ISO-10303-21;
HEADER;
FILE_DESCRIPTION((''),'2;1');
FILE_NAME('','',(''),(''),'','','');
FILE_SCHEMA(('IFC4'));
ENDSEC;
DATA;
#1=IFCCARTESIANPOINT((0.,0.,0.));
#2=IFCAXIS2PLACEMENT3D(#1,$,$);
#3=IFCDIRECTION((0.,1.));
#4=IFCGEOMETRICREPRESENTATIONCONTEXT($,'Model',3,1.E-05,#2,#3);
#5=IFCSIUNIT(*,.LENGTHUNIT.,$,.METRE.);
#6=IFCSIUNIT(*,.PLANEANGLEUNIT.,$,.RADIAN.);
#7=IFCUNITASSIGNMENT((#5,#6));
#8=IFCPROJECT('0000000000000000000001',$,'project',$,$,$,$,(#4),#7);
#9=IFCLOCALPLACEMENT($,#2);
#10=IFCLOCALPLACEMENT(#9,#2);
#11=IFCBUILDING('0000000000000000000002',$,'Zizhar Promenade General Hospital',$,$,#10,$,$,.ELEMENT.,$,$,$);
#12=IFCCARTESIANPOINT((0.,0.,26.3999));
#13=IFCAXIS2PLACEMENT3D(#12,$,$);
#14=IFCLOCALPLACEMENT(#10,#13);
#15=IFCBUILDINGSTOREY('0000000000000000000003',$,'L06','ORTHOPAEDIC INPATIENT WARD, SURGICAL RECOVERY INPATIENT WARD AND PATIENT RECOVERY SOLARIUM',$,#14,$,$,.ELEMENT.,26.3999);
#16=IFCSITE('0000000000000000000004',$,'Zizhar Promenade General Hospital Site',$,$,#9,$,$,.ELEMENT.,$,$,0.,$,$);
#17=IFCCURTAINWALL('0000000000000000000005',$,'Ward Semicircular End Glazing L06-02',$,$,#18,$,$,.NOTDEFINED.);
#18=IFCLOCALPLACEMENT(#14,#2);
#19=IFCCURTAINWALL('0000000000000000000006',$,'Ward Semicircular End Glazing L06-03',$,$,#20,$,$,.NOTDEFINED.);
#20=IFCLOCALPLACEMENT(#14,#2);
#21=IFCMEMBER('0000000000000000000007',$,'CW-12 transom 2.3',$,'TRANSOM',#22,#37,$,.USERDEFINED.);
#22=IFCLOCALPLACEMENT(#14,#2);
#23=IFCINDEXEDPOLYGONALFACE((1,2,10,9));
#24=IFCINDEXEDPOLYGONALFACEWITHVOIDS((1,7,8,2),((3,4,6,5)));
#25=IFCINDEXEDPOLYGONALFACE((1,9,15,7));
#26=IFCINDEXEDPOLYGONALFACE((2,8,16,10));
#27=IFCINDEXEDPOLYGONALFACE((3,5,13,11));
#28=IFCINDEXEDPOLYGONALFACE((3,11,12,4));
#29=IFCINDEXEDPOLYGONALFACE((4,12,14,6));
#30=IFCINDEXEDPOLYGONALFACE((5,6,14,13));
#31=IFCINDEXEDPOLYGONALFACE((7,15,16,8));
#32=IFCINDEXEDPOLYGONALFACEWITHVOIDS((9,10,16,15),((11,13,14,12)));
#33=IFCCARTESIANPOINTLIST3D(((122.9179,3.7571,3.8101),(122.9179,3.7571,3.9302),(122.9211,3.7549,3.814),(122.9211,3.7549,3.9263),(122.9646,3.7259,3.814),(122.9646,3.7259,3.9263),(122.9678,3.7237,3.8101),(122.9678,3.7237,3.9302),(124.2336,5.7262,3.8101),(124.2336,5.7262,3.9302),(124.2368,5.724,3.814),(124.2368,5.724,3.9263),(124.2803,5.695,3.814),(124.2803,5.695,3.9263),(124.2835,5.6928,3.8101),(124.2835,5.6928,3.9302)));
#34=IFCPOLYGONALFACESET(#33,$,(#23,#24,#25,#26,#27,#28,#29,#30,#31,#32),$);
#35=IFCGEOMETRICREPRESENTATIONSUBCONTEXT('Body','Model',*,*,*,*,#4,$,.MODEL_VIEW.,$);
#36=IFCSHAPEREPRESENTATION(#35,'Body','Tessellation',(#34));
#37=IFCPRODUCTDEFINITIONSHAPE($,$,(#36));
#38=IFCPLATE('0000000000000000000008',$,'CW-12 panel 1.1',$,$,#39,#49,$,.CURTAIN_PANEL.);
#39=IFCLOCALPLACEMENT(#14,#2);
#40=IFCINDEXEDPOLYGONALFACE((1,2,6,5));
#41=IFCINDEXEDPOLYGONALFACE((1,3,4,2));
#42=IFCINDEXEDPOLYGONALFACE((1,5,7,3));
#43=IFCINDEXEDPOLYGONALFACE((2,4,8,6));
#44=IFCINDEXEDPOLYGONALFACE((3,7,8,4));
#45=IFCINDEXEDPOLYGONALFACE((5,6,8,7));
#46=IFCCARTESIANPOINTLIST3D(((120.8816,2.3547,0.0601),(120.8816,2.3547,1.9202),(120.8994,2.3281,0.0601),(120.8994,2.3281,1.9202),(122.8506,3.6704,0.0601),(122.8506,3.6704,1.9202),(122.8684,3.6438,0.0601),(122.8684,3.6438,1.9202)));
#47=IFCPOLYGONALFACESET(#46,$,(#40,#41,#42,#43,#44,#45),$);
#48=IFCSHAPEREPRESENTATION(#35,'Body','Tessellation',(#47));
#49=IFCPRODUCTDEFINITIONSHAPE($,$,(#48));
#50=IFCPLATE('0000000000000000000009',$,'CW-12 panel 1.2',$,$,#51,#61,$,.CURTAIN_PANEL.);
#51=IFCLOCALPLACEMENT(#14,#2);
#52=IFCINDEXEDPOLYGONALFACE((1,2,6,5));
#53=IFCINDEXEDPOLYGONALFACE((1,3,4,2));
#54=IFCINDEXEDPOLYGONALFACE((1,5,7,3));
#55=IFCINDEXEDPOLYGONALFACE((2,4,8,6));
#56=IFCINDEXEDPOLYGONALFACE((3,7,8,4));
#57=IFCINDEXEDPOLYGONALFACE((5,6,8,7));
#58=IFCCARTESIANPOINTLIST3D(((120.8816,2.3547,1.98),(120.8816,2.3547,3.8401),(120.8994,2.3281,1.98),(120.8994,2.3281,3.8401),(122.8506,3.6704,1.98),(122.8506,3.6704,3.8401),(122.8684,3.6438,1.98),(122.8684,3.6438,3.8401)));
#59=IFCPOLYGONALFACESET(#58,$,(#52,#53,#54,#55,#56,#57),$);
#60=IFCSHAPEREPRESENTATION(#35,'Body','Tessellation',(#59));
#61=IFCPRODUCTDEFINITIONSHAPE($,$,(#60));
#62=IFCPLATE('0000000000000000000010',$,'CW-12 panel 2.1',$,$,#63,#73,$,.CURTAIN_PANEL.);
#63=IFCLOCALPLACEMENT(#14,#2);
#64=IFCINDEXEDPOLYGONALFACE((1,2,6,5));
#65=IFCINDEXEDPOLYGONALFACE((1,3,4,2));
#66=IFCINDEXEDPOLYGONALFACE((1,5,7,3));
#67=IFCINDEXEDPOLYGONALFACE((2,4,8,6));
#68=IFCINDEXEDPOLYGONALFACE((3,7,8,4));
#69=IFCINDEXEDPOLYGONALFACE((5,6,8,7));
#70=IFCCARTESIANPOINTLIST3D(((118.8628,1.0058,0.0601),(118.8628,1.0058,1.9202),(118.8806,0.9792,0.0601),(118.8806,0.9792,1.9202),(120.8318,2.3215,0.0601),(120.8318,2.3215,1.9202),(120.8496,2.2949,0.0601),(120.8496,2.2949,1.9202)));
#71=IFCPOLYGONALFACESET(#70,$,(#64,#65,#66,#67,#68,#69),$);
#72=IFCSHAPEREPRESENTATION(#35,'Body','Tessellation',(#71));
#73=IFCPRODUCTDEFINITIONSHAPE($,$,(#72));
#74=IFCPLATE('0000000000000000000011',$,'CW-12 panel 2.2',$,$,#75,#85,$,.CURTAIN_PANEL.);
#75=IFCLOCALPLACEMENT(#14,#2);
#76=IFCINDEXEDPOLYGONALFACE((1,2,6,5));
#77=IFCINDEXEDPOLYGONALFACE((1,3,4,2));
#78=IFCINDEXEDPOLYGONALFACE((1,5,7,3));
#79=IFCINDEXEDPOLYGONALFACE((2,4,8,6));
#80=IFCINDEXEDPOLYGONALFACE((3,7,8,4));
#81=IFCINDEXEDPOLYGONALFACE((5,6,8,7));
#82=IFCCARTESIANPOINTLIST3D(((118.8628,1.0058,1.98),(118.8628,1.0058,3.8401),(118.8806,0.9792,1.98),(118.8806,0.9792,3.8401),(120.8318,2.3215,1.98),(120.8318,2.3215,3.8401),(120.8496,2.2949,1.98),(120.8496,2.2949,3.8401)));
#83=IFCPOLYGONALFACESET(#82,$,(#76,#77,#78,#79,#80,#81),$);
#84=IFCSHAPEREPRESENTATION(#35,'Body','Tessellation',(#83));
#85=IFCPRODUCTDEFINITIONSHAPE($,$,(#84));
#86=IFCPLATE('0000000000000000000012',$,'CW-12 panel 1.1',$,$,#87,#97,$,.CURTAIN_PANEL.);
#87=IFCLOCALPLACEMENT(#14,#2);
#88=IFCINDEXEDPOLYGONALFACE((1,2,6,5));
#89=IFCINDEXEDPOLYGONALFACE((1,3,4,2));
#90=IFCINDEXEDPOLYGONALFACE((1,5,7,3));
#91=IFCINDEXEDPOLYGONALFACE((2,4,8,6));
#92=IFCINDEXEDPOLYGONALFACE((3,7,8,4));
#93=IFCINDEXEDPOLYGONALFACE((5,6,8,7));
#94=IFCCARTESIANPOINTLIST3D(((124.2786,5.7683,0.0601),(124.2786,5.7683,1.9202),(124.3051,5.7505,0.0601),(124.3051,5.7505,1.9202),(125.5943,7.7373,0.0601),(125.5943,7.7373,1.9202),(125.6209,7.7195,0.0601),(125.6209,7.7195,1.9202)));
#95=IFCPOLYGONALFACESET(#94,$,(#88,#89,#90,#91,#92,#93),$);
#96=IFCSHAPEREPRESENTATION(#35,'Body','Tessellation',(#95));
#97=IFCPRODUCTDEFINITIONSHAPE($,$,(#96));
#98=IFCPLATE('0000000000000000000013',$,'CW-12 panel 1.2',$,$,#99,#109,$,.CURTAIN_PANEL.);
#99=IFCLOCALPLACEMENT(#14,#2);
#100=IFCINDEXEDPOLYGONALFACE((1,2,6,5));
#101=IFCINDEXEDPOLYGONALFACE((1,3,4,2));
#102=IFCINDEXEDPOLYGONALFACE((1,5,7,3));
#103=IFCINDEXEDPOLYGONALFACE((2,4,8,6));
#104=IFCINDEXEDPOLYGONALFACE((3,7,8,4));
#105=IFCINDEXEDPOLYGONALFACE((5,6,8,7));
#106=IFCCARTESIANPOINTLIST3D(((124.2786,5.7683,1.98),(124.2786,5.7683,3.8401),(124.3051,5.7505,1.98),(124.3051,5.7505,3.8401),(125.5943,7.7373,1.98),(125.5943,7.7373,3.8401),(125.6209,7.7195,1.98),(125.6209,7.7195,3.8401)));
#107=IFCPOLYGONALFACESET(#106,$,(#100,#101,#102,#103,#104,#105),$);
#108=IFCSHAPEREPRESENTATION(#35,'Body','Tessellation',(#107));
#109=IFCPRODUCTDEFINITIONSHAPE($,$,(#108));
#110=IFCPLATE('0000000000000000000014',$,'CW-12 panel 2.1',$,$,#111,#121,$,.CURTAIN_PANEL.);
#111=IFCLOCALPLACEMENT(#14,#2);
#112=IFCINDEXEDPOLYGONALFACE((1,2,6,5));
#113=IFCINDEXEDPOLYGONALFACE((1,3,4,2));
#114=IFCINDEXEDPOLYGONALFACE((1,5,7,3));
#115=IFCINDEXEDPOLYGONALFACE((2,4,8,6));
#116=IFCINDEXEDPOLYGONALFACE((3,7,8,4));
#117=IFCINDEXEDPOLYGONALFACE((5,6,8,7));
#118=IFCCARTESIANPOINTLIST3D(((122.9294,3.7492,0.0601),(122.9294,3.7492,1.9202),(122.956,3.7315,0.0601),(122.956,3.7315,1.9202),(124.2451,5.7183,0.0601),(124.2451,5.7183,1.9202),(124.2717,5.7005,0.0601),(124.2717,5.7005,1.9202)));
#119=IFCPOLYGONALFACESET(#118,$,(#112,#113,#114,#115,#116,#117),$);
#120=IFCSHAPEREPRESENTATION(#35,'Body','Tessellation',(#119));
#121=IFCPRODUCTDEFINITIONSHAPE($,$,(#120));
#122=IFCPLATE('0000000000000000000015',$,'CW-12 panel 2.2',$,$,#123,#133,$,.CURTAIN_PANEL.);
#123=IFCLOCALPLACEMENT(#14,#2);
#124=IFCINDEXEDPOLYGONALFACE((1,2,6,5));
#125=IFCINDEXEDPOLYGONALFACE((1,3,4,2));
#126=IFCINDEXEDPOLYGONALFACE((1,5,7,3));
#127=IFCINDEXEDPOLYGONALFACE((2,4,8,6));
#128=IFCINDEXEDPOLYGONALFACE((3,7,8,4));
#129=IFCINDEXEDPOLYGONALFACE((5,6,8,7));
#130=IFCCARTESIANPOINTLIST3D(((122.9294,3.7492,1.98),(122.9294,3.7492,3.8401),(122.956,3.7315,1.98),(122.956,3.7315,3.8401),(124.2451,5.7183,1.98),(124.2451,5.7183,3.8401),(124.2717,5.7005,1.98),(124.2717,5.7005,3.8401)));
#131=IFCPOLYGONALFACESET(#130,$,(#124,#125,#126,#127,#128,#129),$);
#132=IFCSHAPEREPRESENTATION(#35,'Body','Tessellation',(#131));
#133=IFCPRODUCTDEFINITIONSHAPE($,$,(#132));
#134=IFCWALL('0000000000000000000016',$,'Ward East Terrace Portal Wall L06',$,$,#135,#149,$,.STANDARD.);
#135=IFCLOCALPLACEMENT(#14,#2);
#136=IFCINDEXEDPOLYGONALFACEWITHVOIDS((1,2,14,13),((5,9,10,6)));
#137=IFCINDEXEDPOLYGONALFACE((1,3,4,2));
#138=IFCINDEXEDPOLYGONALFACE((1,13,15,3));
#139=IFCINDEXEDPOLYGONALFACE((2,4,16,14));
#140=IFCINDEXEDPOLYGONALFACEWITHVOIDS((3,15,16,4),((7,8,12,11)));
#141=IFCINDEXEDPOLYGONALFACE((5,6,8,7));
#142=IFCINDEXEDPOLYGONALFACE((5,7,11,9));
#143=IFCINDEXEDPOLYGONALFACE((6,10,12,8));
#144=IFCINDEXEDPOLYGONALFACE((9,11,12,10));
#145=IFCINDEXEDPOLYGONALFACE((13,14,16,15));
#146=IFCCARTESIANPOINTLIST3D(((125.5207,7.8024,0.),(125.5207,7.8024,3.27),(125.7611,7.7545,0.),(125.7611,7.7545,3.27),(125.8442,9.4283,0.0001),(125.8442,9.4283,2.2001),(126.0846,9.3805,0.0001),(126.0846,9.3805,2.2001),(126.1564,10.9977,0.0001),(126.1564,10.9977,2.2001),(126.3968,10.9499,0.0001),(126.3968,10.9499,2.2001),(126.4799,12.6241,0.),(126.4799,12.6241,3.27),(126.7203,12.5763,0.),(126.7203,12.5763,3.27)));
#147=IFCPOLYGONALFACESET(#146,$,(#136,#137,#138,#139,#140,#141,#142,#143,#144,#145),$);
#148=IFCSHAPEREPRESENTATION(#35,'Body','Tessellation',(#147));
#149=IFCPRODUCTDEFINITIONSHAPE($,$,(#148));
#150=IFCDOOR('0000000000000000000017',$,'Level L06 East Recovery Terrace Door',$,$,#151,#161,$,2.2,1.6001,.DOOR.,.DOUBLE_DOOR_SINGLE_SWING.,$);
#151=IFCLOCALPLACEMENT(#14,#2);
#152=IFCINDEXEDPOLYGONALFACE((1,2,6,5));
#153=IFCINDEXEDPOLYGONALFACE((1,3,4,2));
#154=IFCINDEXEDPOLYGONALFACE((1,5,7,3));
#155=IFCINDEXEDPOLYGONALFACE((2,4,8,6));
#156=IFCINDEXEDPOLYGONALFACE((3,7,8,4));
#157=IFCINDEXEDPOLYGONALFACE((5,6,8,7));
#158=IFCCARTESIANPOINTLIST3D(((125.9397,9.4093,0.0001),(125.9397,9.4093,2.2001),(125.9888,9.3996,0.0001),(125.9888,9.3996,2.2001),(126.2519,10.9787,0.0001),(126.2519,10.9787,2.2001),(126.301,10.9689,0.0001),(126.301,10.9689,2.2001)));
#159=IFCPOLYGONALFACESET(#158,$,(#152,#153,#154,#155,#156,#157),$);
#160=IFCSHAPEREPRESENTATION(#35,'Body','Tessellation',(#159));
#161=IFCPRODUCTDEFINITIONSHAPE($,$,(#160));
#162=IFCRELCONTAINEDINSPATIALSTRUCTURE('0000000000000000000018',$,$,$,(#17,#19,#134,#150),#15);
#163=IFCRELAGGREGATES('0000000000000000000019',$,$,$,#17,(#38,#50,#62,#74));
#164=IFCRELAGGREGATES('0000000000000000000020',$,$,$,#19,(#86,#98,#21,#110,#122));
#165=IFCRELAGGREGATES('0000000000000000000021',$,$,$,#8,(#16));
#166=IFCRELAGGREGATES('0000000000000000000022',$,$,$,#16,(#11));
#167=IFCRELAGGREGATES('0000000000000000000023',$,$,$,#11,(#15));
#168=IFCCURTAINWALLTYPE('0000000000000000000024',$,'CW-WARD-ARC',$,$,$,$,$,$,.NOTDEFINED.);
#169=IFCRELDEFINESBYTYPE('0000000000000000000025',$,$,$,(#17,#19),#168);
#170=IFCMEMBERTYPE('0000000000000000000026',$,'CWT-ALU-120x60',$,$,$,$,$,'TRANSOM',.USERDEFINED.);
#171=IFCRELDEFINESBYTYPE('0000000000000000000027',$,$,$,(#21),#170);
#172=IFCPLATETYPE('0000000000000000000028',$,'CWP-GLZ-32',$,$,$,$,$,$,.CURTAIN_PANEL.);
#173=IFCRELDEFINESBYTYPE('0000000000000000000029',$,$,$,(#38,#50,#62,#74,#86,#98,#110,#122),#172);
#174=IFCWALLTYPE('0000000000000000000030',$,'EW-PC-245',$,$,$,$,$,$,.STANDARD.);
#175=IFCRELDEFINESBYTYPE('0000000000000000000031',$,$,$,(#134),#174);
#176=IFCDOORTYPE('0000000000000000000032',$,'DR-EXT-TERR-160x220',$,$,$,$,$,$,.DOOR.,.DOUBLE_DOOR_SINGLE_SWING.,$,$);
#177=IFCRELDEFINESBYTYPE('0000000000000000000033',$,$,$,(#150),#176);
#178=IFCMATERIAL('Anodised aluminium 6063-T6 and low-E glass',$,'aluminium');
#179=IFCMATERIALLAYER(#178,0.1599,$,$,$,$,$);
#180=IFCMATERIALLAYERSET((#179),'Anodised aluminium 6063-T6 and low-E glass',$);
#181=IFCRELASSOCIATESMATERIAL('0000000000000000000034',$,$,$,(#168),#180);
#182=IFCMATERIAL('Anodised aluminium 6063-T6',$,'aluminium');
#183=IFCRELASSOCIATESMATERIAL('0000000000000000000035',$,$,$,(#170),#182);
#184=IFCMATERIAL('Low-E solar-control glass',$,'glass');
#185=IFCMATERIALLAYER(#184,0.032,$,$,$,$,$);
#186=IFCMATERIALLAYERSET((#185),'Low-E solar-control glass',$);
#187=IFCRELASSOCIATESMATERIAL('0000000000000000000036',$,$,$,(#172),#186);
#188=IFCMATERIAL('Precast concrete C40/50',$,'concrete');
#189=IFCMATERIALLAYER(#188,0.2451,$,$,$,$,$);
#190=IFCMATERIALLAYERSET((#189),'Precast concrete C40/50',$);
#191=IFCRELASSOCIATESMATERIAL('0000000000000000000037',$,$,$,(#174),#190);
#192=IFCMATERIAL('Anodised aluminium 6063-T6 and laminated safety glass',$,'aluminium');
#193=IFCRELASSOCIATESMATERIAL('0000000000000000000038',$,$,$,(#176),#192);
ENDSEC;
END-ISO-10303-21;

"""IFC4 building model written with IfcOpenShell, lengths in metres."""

from ifc_helpers import new_model, si_unit, direction, frame, frame_2d, origin, origin_2d, place, context, subcontext, project, spatial, rectangle, hollow_rectangle, extrude, material, layer, layer_set, material_profile, profile_set, type_object, element, fill, aggregate, save


model = new_model("IFC4")

# Units and contexts
model_context = context("Model", 3, precision=1e-05, world=origin(), true_north=direction((0.0, 1.0)))
body_context = subcontext(model_context, "Body", "Model", "MODEL_VIEW")
ifc_project = project(units=[si_unit("LENGTHUNIT", "METRE"), si_unit("PLANEANGLEUNIT", "RADIAN")], contexts=[model_context])

# Site, building, storey
site_placement = place(None, origin())
site = spatial("IfcSite", under=ifc_project, at=site_placement, Name="Zizhar Promenade General Hospital Site", CompositionType="ELEMENT", RefElevation=0.0)
building_placement = place(site_placement, origin())
building = spatial("IfcBuilding", under=site, at=building_placement, Name="Zizhar Promenade General Hospital", CompositionType="ELEMENT")
storey_placement = place(building_placement, frame((0.0, 0.0, 26.3999)))
storey = spatial("IfcBuildingStorey", under=building, at=storey_placement, Name="L06", Description="ORTHOPAEDIC INPATIENT WARD, SURGICAL RECOVERY INPATIENT WARD AND PATIENT RECOVERY SOLARIUM", CompositionType="ELEMENT", Elevation=26.3999)

# Curtain walls
ifc_material_1 = material(Name="Anodised aluminium 6063-T6 and low-E glass", Category="aluminium")
ifc_layer_1 = layer(ifc_material_1, 0.1599)
ifc_layer_set_1 = layer_set([ifc_layer_1], Name="Anodised aluminium 6063-T6 and low-E glass")
curtain_wall_type = type_object("IfcCurtainWallType", Name="CW-WARD-ARC", PredefinedType="NOTDEFINED", material=ifc_layer_set_1)
curtain_wall_1_placement = place(storey_placement, origin())
curtain_wall_1 = element("IfcCurtainWall", 1, at=curtain_wall_1_placement, inside=storey, type_object=curtain_wall_type, Name="Ward Semicircular End Glazing L06-02", PredefinedType="NOTDEFINED")
curtain_wall_2_placement = place(storey_placement, origin())
curtain_wall_2 = element("IfcCurtainWall", 2, at=curtain_wall_2_placement, inside=storey, type_object=curtain_wall_type, Name="Ward Semicircular End Glazing L06-03", PredefinedType="NOTDEFINED")

# Member
ifc_material_2 = material(Name="Anodised aluminium 6063-T6", Category="aluminium")
ifc_material_profile_1 = material_profile(ifc_material_2, hollow_rectangle(XDim=0.0601, YDim=0.1201, WallThickness=0.0039, at=origin_2d()))
ifc_profile_set_1 = profile_set([ifc_material_profile_1], Name="Anodised aluminium 6063-T6")
member_type_1 = type_object("IfcMemberType", Name="CWT-ALU-120x60", ElementType="TRANSOM", PredefinedType="USERDEFINED", material=ifc_profile_set_1)
member_1_placement = place(storey_placement, frame((124.2585, 5.7095, 3.8701), z_axis=(-0.55558, -0.831463, 0.0), x_axis=(0.831463, -0.55558, 0.0)))
member_1 = element("IfcMember", 3, at=member_1_placement, type_object=member_type_1, Name="CW-12 transom 2.3", ObjectType="TRANSOM", PredefinedType="USERDEFINED", context=body_context, shape_type="SweptSolid", body=[
    extrude(hollow_rectangle(XDim=0.0601, YDim=0.1201, WallThickness=0.0039, at=origin_2d()), origin(), (0.0, 0.0, 1.0), 2.3682),
])

# Plates
ifc_material_3 = material(Name="Low-E solar-control glass", Category="glass")
ifc_layer_2 = layer(ifc_material_3, 0.032)
ifc_layer_set_2 = layer_set([ifc_layer_2], Name="Low-E solar-control glass")
plate_type = type_object("IfcPlateType", Name="CWP-GLZ-32", PredefinedType="CURTAIN_PANEL", material=ifc_layer_set_2)
plate_1_placement = place(storey_placement, frame((121.875, 2.9993, 0.0601), z_axis=(0.0, 0.0, 1.0), x_axis=(-0.831462, -0.555582, 0.0)))
plate_1 = element("IfcPlate", 4, at=plate_1_placement, type_object=plate_type, Name="CW-12 panel 1.1", PredefinedType="CURTAIN_PANEL", context=body_context, shape_type="SweptSolid", body=[
    extrude(rectangle(XDim=2.3682, YDim=0.032, at=origin_2d()), origin(), (0.0, 0.0, 1.0), 1.8601),
])
plate_2_placement = place(storey_placement, frame((121.875, 2.9993, 1.98), z_axis=(0.0, 0.0, 1.0), x_axis=(-0.831462, -0.555582, 0.0)))
plate_2 = element("IfcPlate", 5, at=plate_2_placement, type_object=plate_type, Name="CW-12 panel 1.2", PredefinedType="CURTAIN_PANEL", context=body_context, shape_type="SweptSolid", body=[
    extrude(rectangle(XDim=2.3682, YDim=0.032, at=origin_2d()), origin(), (0.0, 0.0, 1.0), 1.8601),
])
plate_3_placement = place(storey_placement, frame((119.8562, 1.6504, 0.0601), z_axis=(0.0, 0.0, 1.0), x_axis=(-0.831462, -0.555582, 0.0)))
plate_3 = element("IfcPlate", 6, at=plate_3_placement, type_object=plate_type, Name="CW-12 panel 2.1", PredefinedType="CURTAIN_PANEL", context=body_context, shape_type="SweptSolid", body=[
    extrude(rectangle(XDim=2.3682, YDim=0.032, at=origin_2d()), origin(), (0.0, 0.0, 1.0), 1.8601),
])
plate_4_placement = place(storey_placement, frame((119.8562, 1.6504, 1.98), z_axis=(0.0, 0.0, 1.0), x_axis=(-0.831462, -0.555582, 0.0)))
plate_4 = element("IfcPlate", 7, at=plate_4_placement, type_object=plate_type, Name="CW-12 panel 2.2", PredefinedType="CURTAIN_PANEL", context=body_context, shape_type="SweptSolid", body=[
    extrude(rectangle(XDim=2.3682, YDim=0.032, at=origin_2d()), origin(), (0.0, 0.0, 1.0), 1.8601),
])
aggregate(curtain_wall_1, [plate_1, plate_2, plate_3, plate_4])
plate_5_placement = place(storey_placement, frame((124.9497, 6.7439, 0.0601), z_axis=(0.0, 0.0, 1.0), x_axis=(-0.555582, -0.831462, 0.0)))
plate_5 = element("IfcPlate", 8, at=plate_5_placement, type_object=plate_type, Name="CW-12 panel 1.1", PredefinedType="CURTAIN_PANEL", context=body_context, shape_type="SweptSolid", body=[
    extrude(rectangle(XDim=2.3682, YDim=0.032, at=origin_2d()), origin(), (0.0, 0.0, 1.0), 1.8601),
])
plate_6_placement = place(storey_placement, frame((124.9497, 6.7439, 1.98), z_axis=(0.0, 0.0, 1.0), x_axis=(-0.555582, -0.831462, 0.0)))
plate_6 = element("IfcPlate", 9, at=plate_6_placement, type_object=plate_type, Name="CW-12 panel 1.2", PredefinedType="CURTAIN_PANEL", context=body_context, shape_type="SweptSolid", body=[
    extrude(rectangle(XDim=2.3682, YDim=0.032, at=origin_2d()), origin(), (0.0, 0.0, 1.0), 1.8601),
])
plate_7_placement = place(storey_placement, frame((123.6006, 4.7249, 0.0601), z_axis=(0.0, 0.0, 1.0), x_axis=(-0.555582, -0.831462, 0.0)))
plate_7 = element("IfcPlate", 10, at=plate_7_placement, type_object=plate_type, Name="CW-12 panel 2.1", PredefinedType="CURTAIN_PANEL", context=body_context, shape_type="SweptSolid", body=[
    extrude(rectangle(XDim=2.3682, YDim=0.032, at=origin_2d()), origin(), (0.0, 0.0, 1.0), 1.8601),
])
plate_8_placement = place(storey_placement, frame((123.6006, 4.7249, 1.98), z_axis=(0.0, 0.0, 1.0), x_axis=(-0.555582, -0.831462, 0.0)))
plate_8 = element("IfcPlate", 11, at=plate_8_placement, type_object=plate_type, Name="CW-12 panel 2.2", PredefinedType="CURTAIN_PANEL", context=body_context, shape_type="SweptSolid", body=[
    extrude(rectangle(XDim=2.3682, YDim=0.032, at=origin_2d()), origin(), (0.0, 0.0, 1.0), 1.8601),
])
aggregate(curtain_wall_2, [plate_5, plate_6, member_1, plate_7, plate_8])

# Wall, opening, door
ifc_material_4 = material(Name="Precast concrete C40/50", Category="concrete")
ifc_layer_3 = layer(ifc_material_4, 0.2451)
ifc_layer_set_3 = layer_set([ifc_layer_3], Name="Precast concrete C40/50")
wall_type = type_object("IfcWallType", Name="EW-PC-245", PredefinedType="STANDARD", material=ifc_layer_set_3)
wall_placement = place(storey_placement, frame((126.6001, 12.6001, 0.0), z_axis=(0.0, 0.0, 1.0), x_axis=(-0.195113, -0.980781, 0.0)))
wall = element("IfcWall", 12, at=wall_placement, inside=storey, type_object=wall_type, Name="Ward East Terrace Portal Wall L06", PredefinedType="STANDARD", context=body_context, shape_type="SweptSolid", body=[
    extrude(rectangle(XDim=4.9163, YDim=0.2451, at=frame_2d((2.458, 0.0))), origin(), (0.0, 0.0, 1.0), 3.27),
])
opening_placement = place(wall_placement, frame((1.6582, 0.0, 0.0)))
opening = element("IfcOpeningElement", 13, at=opening_placement, cuts=wall, PredefinedType="OPENING", context=body_context, shape_type="SweptSolid", body=[
    extrude(rectangle(XDim=1.6001, YDim=2.2, at=frame_2d((0.8, 1.1001))), frame((0.0, 0.1326, 0.0), z_axis=(0.0, -1.0, 0.0), x_axis=(1.0, 0.0, 0.0)), (0.0, 0.0, 1.0), 0.2651),
])
ifc_material_5 = material(Name="Anodised aluminium 6063-T6 and laminated safety glass", Category="aluminium")
door_type = type_object("IfcDoorType", Name="DR-EXT-TERR-160x220", OperationType="DOUBLE_DOOR_SINGLE_SWING", PredefinedType="DOOR", material=ifc_material_5)
door_placement = place(opening_placement, origin())
door = element("IfcDoor", 14, at=door_placement, inside=storey, type_object=door_type, Name="Level L06 East Recovery Terrace Door", OperationType="DOUBLE_DOOR_SINGLE_SWING", OverallHeight=2.2, OverallWidth=1.6001, PredefinedType="DOOR", context=body_context, shape_type="SweptSolid", body=[
    extrude(rectangle(XDim=1.6001, YDim=2.2, at=frame_2d((0.8, 1.1001))), frame((0.0, 0.0249, 0.0), z_axis=(0.0, -1.0, 0.0), x_axis=(1.0, 0.0, 0.0)), (0.0, 0.0, 1.0), 0.05),
])
fill(opening, door)

save(model, "model.ifc")
